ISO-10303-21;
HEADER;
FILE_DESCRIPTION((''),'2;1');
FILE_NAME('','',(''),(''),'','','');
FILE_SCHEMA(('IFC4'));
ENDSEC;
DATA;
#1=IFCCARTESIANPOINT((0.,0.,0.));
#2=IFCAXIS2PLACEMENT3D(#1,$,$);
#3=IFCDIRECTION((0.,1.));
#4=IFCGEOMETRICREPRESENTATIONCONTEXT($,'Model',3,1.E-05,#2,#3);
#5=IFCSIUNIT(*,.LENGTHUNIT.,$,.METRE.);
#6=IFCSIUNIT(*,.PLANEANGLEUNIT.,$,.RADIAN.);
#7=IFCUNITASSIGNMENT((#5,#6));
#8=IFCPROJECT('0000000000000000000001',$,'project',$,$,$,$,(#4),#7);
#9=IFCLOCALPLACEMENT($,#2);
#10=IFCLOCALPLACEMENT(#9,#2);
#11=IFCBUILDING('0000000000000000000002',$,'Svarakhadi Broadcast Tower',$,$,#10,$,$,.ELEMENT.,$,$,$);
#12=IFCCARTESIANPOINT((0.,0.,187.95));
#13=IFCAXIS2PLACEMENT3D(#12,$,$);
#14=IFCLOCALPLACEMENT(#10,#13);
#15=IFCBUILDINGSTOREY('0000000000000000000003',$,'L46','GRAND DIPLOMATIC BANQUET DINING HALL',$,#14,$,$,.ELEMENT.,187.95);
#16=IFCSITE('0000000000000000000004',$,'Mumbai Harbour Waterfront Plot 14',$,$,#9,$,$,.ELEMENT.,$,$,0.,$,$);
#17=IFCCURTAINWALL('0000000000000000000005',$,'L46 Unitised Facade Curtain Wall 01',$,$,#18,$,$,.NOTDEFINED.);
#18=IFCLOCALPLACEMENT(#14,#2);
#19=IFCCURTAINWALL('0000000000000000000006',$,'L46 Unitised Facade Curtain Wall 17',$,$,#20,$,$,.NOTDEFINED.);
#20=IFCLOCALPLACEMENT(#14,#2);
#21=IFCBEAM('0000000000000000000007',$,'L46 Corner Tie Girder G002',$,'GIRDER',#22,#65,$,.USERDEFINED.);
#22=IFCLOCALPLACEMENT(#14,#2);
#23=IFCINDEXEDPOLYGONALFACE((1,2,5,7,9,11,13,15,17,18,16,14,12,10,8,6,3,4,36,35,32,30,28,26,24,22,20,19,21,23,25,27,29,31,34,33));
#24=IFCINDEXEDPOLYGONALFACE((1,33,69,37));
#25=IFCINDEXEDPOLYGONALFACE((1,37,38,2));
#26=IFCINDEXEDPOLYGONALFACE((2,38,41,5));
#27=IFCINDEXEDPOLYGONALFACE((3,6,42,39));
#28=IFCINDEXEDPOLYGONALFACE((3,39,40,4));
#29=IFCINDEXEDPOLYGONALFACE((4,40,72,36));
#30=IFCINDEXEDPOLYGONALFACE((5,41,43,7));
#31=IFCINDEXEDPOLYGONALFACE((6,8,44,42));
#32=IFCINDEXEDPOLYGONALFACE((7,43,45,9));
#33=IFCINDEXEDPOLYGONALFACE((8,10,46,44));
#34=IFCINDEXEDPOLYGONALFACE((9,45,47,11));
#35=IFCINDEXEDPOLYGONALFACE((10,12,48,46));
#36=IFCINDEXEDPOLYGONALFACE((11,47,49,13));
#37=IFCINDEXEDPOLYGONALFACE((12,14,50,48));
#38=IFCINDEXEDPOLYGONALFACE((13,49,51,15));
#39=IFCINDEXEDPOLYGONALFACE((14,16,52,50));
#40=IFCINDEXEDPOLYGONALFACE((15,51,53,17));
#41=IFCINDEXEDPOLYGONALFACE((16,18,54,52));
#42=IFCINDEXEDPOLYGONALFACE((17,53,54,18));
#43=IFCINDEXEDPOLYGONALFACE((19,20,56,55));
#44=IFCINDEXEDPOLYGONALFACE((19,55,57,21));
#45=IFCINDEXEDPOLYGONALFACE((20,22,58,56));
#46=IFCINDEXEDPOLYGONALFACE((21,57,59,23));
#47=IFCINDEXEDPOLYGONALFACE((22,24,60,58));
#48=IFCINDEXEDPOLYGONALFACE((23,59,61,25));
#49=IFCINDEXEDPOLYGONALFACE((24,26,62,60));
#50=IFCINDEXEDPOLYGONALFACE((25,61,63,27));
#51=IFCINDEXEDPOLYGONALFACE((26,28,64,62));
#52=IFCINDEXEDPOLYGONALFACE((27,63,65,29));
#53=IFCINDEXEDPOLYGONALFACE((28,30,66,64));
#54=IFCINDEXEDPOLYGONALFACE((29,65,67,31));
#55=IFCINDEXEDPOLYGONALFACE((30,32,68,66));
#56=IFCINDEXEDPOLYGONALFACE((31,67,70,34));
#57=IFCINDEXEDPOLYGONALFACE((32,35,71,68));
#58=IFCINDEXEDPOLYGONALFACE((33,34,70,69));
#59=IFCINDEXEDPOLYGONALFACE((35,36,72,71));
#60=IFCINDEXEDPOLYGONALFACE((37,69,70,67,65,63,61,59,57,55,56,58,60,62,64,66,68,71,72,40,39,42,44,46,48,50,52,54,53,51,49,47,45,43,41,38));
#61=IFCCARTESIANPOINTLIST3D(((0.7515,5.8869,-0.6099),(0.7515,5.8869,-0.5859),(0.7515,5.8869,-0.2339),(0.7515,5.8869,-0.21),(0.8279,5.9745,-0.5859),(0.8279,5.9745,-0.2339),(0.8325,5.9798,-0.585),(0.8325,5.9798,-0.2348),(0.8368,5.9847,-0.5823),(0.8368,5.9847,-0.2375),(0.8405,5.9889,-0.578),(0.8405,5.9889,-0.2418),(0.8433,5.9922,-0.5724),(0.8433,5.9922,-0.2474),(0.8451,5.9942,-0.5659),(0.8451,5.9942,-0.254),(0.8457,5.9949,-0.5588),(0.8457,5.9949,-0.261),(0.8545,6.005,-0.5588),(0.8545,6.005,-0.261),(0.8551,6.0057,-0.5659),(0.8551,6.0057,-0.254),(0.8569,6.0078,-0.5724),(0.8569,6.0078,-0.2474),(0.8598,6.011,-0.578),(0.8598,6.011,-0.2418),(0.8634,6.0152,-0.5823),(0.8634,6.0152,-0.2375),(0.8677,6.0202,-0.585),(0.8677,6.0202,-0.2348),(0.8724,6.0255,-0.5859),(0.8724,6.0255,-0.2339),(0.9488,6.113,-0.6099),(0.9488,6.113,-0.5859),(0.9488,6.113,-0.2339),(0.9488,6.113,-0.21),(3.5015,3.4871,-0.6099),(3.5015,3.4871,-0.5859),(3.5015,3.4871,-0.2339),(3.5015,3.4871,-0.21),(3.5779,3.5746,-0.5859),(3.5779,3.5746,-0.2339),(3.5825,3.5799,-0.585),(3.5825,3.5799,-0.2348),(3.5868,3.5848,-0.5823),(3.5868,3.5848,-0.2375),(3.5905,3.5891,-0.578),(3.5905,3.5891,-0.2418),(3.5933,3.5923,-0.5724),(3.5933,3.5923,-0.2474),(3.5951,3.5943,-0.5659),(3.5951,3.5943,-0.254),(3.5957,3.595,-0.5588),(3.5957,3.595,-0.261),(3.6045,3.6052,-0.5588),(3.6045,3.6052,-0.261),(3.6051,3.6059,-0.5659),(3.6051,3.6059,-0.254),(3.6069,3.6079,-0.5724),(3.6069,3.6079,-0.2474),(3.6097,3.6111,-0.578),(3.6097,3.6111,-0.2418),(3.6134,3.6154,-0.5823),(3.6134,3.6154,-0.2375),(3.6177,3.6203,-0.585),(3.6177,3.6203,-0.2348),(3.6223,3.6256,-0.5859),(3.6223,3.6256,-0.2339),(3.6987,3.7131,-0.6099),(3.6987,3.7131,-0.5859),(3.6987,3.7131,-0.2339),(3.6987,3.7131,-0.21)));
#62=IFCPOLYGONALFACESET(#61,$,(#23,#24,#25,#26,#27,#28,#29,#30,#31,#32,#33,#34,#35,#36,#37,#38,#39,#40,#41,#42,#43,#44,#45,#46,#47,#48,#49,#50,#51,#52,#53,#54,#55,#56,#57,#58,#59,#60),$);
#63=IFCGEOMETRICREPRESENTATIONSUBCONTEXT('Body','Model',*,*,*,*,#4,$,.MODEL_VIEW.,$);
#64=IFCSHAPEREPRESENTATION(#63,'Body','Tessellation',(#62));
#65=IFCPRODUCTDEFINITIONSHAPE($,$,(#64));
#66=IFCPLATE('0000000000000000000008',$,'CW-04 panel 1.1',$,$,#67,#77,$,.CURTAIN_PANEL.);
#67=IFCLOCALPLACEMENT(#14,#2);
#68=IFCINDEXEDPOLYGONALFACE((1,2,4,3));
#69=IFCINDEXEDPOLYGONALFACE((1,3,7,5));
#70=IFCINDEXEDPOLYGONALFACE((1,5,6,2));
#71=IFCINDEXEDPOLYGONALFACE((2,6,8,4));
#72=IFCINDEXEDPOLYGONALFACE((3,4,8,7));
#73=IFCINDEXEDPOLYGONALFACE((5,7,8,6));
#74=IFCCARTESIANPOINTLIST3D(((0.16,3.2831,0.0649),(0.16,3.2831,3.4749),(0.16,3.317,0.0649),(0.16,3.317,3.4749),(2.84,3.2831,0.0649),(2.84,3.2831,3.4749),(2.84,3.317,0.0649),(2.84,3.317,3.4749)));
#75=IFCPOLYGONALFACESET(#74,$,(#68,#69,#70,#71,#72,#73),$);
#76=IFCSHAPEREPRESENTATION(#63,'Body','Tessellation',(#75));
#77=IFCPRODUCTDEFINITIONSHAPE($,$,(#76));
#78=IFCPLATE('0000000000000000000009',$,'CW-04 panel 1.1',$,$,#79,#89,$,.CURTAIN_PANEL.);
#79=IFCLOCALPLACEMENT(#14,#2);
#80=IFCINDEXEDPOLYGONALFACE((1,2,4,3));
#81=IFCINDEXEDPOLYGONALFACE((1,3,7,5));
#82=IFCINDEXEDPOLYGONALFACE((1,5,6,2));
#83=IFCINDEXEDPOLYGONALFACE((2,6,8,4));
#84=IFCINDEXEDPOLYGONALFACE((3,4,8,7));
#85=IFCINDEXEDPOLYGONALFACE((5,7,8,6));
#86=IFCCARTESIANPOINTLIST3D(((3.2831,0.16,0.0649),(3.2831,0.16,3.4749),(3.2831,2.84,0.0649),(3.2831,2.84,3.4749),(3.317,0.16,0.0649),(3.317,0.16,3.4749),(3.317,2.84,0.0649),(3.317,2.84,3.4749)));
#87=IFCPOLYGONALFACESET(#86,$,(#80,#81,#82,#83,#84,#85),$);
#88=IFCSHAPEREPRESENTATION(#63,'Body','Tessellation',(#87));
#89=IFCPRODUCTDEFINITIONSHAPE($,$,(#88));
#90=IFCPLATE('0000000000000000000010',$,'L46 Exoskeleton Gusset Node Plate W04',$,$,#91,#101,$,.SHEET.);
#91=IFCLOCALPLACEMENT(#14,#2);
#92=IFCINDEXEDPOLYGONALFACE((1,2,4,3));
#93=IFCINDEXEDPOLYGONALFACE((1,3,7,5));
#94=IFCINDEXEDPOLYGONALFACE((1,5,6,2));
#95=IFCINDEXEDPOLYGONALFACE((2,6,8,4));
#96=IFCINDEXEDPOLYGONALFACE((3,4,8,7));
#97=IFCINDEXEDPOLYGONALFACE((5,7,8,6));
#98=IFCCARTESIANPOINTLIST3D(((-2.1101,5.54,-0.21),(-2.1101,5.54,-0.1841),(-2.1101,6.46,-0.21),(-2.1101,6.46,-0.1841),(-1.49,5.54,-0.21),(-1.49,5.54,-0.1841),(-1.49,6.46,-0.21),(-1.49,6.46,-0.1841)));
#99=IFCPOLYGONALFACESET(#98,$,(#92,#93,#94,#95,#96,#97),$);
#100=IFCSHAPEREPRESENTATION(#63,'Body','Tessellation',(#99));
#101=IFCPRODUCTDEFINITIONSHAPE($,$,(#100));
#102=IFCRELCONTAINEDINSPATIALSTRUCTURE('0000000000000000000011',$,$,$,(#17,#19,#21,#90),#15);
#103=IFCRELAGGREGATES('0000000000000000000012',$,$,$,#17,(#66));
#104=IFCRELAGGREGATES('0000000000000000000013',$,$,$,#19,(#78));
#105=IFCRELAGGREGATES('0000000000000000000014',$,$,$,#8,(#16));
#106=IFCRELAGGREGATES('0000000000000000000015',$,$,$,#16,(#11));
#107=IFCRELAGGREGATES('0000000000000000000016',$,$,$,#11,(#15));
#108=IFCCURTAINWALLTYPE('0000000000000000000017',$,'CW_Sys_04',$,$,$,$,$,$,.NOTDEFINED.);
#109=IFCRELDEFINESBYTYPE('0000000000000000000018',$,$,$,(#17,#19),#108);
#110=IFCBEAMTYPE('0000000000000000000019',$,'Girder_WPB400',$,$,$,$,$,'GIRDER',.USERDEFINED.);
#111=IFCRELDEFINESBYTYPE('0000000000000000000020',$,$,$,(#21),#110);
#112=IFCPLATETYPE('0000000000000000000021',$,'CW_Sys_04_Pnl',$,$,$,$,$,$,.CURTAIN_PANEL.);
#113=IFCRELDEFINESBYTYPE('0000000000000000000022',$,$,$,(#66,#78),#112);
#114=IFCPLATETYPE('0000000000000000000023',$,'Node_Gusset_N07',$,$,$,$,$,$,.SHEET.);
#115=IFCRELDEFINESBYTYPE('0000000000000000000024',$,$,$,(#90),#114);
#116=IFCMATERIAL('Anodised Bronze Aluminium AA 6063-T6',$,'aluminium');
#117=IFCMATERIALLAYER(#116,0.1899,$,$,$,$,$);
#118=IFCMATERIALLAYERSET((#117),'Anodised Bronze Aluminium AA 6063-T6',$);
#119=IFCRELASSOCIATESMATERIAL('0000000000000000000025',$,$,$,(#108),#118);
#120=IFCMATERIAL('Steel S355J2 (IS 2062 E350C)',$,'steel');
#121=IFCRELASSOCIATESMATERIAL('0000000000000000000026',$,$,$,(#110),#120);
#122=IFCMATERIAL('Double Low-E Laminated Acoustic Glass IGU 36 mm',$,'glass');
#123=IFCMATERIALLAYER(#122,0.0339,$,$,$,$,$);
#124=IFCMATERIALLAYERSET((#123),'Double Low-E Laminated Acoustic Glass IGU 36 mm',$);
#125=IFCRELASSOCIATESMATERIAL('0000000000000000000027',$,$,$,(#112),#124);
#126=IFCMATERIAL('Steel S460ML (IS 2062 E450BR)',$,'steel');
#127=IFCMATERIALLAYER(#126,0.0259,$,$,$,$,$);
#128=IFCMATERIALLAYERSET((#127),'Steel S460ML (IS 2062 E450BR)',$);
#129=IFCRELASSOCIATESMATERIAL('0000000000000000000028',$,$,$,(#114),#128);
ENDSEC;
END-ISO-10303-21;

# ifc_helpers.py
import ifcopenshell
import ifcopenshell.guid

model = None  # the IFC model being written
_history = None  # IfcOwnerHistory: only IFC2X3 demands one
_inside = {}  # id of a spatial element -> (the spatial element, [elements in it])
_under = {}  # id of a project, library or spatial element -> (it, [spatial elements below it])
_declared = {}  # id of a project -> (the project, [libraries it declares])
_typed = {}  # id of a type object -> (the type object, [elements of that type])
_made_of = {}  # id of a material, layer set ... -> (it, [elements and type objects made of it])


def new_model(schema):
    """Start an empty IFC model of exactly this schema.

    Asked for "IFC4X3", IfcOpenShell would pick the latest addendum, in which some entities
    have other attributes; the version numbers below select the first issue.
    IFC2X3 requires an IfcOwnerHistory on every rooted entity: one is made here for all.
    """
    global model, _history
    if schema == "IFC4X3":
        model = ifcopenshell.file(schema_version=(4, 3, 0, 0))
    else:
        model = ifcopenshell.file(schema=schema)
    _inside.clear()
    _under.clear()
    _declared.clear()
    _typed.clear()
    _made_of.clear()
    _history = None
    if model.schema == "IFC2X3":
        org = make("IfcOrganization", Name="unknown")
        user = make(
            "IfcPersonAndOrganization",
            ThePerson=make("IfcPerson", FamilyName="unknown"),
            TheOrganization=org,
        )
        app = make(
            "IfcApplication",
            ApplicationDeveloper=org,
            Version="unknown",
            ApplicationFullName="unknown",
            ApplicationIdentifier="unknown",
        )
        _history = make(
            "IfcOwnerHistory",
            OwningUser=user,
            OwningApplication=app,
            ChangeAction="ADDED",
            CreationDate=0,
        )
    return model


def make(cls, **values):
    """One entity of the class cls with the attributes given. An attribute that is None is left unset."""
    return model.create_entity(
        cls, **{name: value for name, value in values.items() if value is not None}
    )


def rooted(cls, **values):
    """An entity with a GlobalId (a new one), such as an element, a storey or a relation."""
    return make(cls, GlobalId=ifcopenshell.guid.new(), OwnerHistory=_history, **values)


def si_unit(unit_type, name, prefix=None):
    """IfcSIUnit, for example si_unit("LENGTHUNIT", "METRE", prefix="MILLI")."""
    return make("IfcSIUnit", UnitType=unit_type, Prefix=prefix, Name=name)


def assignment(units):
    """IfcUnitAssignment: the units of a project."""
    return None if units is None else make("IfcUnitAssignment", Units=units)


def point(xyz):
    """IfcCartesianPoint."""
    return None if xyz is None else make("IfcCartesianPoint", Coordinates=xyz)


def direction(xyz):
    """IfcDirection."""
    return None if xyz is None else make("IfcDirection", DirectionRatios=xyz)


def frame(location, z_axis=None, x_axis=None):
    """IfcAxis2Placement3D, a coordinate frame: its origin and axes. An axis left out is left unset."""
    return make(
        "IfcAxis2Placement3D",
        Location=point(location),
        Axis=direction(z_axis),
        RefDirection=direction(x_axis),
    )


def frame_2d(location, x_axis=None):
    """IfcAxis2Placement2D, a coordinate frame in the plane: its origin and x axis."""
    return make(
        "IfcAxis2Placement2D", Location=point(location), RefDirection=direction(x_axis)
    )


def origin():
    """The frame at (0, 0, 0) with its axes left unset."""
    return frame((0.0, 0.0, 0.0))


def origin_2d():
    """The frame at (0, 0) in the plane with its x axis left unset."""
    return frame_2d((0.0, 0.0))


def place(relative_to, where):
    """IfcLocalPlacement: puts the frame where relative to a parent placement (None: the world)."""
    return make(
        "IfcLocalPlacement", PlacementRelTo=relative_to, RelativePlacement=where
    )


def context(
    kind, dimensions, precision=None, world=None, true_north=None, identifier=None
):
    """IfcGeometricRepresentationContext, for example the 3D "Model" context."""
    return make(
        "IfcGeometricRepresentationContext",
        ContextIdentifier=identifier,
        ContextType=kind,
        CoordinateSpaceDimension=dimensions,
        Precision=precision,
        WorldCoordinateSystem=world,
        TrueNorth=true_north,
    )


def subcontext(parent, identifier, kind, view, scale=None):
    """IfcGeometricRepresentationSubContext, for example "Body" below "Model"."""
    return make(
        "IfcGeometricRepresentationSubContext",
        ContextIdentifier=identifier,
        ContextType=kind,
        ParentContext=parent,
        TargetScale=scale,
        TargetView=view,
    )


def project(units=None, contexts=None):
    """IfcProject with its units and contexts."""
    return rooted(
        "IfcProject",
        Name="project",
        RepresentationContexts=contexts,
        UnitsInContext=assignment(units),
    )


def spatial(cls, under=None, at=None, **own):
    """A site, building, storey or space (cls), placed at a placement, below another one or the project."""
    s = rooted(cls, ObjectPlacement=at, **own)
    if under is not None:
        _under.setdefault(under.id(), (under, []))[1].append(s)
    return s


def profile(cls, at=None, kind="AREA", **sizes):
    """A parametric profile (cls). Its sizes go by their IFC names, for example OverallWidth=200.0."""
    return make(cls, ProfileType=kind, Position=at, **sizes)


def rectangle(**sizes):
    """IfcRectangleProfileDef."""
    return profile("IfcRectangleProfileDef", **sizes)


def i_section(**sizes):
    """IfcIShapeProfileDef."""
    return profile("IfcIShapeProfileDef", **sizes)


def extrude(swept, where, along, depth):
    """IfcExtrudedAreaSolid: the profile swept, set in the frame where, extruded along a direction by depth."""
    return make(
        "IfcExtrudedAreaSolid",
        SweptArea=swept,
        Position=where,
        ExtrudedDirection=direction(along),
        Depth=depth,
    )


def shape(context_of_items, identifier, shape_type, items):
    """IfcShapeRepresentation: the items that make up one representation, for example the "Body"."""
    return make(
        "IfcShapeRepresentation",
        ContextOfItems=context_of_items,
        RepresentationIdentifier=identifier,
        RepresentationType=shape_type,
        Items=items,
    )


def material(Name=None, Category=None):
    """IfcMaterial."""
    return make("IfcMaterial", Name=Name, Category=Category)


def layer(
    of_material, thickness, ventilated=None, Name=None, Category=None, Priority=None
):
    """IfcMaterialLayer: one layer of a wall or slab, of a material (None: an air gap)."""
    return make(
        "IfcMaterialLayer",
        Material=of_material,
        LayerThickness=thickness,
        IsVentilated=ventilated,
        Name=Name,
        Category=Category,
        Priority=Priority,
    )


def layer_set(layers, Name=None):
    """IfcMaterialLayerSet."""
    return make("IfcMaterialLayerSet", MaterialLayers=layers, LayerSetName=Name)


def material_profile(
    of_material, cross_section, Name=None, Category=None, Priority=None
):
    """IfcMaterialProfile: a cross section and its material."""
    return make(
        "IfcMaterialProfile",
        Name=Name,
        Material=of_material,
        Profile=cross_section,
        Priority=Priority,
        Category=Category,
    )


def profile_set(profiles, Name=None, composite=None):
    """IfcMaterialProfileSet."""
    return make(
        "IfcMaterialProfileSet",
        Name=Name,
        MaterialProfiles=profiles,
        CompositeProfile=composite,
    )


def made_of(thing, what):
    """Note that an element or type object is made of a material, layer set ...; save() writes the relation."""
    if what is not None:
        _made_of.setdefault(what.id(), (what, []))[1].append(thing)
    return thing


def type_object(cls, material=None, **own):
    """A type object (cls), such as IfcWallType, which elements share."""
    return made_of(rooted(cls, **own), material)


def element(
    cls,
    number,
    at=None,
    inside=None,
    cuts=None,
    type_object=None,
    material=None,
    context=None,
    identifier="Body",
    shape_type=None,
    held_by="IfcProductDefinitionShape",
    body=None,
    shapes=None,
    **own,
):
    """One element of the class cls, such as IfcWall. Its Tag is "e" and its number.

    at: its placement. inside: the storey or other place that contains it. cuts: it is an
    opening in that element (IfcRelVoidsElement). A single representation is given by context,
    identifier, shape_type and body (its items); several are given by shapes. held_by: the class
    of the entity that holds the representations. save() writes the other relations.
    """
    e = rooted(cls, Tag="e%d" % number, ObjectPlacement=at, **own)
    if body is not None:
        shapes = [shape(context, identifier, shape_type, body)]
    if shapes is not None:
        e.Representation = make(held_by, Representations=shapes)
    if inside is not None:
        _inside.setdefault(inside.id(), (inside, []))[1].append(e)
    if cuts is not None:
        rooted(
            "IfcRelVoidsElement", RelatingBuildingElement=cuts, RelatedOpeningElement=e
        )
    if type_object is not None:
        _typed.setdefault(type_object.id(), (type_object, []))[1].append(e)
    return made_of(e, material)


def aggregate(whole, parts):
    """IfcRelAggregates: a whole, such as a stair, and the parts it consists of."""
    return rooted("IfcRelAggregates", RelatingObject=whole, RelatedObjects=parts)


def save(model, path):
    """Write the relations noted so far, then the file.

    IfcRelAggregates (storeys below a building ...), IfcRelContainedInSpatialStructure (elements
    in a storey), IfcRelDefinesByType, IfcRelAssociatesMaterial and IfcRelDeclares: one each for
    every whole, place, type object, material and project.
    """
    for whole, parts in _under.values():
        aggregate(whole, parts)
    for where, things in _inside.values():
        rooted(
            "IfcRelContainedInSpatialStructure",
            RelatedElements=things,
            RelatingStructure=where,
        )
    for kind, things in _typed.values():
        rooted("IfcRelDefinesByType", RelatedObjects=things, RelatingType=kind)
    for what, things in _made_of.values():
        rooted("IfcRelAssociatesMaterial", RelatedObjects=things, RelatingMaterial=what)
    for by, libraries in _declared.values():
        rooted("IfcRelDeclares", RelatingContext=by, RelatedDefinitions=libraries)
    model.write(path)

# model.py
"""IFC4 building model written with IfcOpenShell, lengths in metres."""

from ifc_helpers import new_model, si_unit, direction, frame, origin, origin_2d, place, context, subcontext, project, spatial, rectangle, i_section, extrude, material, layer, layer_set, material_profile, profile_set, type_object, element, aggregate, save


model = new_model("IFC4")

# Units and contexts
model_context = context("Model", 3, precision=1e-05, world=origin(), true_north=direction((0.0, 1.0)))
body_context = subcontext(model_context, "Body", "Model", "MODEL_VIEW")
ifc_project = project(units=[si_unit("LENGTHUNIT", "METRE"), si_unit("PLANEANGLEUNIT", "RADIAN")], contexts=[model_context])

# Site, building, storey
site_placement = place(None, origin())
site = spatial("IfcSite", under=ifc_project, at=site_placement, Name="Mumbai Harbour Waterfront Plot 14", CompositionType="ELEMENT", RefElevation=0.0)
building_placement = place(site_placement, origin())
building = spatial("IfcBuilding", under=site, at=building_placement, Name="Svarakhadi Broadcast Tower", CompositionType="ELEMENT")
storey_placement = place(building_placement, frame((0.0, 0.0, 187.95)))
storey = spatial("IfcBuildingStorey", under=building, at=storey_placement, Name="L46", Description="GRAND DIPLOMATIC BANQUET DINING HALL", CompositionType="ELEMENT", Elevation=187.95)

# Shared definitions
ifc_material_1 = material(Name="Steel S460ML (IS 2062 E450BR)", Category="steel")

# Curtain wall
ifc_material_2 = material(Name="Anodised Bronze Aluminium AA 6063-T6", Category="aluminium")
ifc_layer_1 = layer(ifc_material_2, 0.1899)
ifc_layer_set_1 = layer_set([ifc_layer_1], Name="Anodised Bronze Aluminium AA 6063-T6")
curtain_wall_type = type_object("IfcCurtainWallType", Name="CW_Sys_04", PredefinedType="NOTDEFINED", material=ifc_layer_set_1)
curtain_wall_1_placement = place(storey_placement, origin())
curtain_wall_1 = element("IfcCurtainWall", 1, at=curtain_wall_1_placement, inside=storey, type_object=curtain_wall_type, Name="L46 Unitised Facade Curtain Wall 01", PredefinedType="NOTDEFINED")

# Curtain wall
curtain_wall_2_placement = place(storey_placement, origin())
curtain_wall_2 = element("IfcCurtainWall", 2, at=curtain_wall_2_placement, inside=storey, type_object=curtain_wall_type, Name="L46 Unitised Facade Curtain Wall 17", PredefinedType="NOTDEFINED")

# Beam
ifc_material_3 = material(Name="Steel S355J2 (IS 2062 E350C)", Category="steel")
ifc_material_profile_1 = material_profile(ifc_material_3, i_section(OverallWidth=0.3, OverallDepth=0.3999, WebThickness=0.0134, FlangeThickness=0.0239, FilletRadius=0.0271, at=origin_2d()), Name="WPB 400x300x155")
ifc_profile_set_1 = profile_set([ifc_material_profile_1], Name="Steel S355J2 (IS 2062 E350C)")
beam_type = type_object("IfcBeamType", Name="Girder_WPB400", ElementType="GIRDER", PredefinedType="USERDEFINED", material=ifc_profile_set_1)
beam_1_placement = place(storey_placement, frame((3.6001, 3.6001, -0.4099), z_axis=(-0.753438, 0.657519, 0.0), x_axis=(-0.657519, -0.753438, 0.0)))
element("IfcBeam", 3, at=beam_1_placement, inside=storey, type_object=beam_type, Name="L46 Corner Tie Girder G002", ObjectType="GIRDER", PredefinedType="USERDEFINED", context=body_context, shape_type="SweptSolid", body=[
    extrude(i_section(OverallWidth=0.3, OverallDepth=0.3999, WebThickness=0.0134, FlangeThickness=0.0239, FilletRadius=0.0271, at=origin_2d()), origin(), (0.0, 0.0, 1.0), 3.6499),
])

# Plates
ifc_material_4 = material(Name="Double Low-E Laminated Acoustic Glass IGU 36 mm", Category="glass")
ifc_layer_2 = layer(ifc_material_4, 0.0339)
ifc_layer_set_2 = layer_set([ifc_layer_2], Name="Double Low-E Laminated Acoustic Glass IGU 36 mm")
plate_type_1 = type_object("IfcPlateType", Name="CW_Sys_04_Pnl", PredefinedType="CURTAIN_PANEL", material=ifc_layer_set_2)
plate_1_placement = place(storey_placement, frame((1.5, 3.3, 0.0649), z_axis=(0.0, 0.0, 1.0), x_axis=(-1.0, 0.0, 0.0)))
plate_1 = element("IfcPlate", 4, at=plate_1_placement, type_object=plate_type_1, Name="CW-04 panel 1.1", PredefinedType="CURTAIN_PANEL", context=body_context, shape_type="SweptSolid", body=[
    extrude(rectangle(XDim=2.6799, YDim=0.0339, at=origin_2d()), origin(), (0.0, 0.0, 1.0), 3.4099),
])
aggregate(curtain_wall_1, [plate_1])
plate_2_placement = place(storey_placement, frame((3.3, 1.5, 0.0649), z_axis=(0.0, 0.0, 1.0), x_axis=(0.0, 1.0, 0.0)))
plate_2 = element("IfcPlate", 5, at=plate_2_placement, type_object=plate_type_1, Name="CW-04 panel 1.1", PredefinedType="CURTAIN_PANEL", context=body_context, shape_type="SweptSolid", body=[
    extrude(rectangle(XDim=2.6799, YDim=0.0339, at=origin_2d()), origin(), (0.0, 0.0, 1.0), 3.4099),
])
aggregate(curtain_wall_2, [plate_2])
ifc_layer_3 = layer(ifc_material_1, 0.0259)
ifc_layer_set_3 = layer_set([ifc_layer_3], Name="Steel S460ML (IS 2062 E450BR)")
plate_type_2 = type_object("IfcPlateType", Name="Node_Gusset_N07", PredefinedType="SHEET", material=ifc_layer_set_3)
plate_3_placement = place(storey_placement, frame((-1.8, 6.0, -0.21), z_axis=(0.0, 0.0, 1.0), x_axis=(0.0, 1.0, 0.0)))
element("IfcPlate", 6, at=plate_3_placement, inside=storey, type_object=plate_type_2, Name="L46 Exoskeleton Gusset Node Plate W04", PredefinedType="SHEET", context=body_context, shape_type="SweptSolid", body=[
    extrude(rectangle(XDim=0.9199, YDim=0.6201, at=origin_2d()), origin(), (0.0, 0.0, 1.0), 0.0259),
])

save(model, "model.ifc")
